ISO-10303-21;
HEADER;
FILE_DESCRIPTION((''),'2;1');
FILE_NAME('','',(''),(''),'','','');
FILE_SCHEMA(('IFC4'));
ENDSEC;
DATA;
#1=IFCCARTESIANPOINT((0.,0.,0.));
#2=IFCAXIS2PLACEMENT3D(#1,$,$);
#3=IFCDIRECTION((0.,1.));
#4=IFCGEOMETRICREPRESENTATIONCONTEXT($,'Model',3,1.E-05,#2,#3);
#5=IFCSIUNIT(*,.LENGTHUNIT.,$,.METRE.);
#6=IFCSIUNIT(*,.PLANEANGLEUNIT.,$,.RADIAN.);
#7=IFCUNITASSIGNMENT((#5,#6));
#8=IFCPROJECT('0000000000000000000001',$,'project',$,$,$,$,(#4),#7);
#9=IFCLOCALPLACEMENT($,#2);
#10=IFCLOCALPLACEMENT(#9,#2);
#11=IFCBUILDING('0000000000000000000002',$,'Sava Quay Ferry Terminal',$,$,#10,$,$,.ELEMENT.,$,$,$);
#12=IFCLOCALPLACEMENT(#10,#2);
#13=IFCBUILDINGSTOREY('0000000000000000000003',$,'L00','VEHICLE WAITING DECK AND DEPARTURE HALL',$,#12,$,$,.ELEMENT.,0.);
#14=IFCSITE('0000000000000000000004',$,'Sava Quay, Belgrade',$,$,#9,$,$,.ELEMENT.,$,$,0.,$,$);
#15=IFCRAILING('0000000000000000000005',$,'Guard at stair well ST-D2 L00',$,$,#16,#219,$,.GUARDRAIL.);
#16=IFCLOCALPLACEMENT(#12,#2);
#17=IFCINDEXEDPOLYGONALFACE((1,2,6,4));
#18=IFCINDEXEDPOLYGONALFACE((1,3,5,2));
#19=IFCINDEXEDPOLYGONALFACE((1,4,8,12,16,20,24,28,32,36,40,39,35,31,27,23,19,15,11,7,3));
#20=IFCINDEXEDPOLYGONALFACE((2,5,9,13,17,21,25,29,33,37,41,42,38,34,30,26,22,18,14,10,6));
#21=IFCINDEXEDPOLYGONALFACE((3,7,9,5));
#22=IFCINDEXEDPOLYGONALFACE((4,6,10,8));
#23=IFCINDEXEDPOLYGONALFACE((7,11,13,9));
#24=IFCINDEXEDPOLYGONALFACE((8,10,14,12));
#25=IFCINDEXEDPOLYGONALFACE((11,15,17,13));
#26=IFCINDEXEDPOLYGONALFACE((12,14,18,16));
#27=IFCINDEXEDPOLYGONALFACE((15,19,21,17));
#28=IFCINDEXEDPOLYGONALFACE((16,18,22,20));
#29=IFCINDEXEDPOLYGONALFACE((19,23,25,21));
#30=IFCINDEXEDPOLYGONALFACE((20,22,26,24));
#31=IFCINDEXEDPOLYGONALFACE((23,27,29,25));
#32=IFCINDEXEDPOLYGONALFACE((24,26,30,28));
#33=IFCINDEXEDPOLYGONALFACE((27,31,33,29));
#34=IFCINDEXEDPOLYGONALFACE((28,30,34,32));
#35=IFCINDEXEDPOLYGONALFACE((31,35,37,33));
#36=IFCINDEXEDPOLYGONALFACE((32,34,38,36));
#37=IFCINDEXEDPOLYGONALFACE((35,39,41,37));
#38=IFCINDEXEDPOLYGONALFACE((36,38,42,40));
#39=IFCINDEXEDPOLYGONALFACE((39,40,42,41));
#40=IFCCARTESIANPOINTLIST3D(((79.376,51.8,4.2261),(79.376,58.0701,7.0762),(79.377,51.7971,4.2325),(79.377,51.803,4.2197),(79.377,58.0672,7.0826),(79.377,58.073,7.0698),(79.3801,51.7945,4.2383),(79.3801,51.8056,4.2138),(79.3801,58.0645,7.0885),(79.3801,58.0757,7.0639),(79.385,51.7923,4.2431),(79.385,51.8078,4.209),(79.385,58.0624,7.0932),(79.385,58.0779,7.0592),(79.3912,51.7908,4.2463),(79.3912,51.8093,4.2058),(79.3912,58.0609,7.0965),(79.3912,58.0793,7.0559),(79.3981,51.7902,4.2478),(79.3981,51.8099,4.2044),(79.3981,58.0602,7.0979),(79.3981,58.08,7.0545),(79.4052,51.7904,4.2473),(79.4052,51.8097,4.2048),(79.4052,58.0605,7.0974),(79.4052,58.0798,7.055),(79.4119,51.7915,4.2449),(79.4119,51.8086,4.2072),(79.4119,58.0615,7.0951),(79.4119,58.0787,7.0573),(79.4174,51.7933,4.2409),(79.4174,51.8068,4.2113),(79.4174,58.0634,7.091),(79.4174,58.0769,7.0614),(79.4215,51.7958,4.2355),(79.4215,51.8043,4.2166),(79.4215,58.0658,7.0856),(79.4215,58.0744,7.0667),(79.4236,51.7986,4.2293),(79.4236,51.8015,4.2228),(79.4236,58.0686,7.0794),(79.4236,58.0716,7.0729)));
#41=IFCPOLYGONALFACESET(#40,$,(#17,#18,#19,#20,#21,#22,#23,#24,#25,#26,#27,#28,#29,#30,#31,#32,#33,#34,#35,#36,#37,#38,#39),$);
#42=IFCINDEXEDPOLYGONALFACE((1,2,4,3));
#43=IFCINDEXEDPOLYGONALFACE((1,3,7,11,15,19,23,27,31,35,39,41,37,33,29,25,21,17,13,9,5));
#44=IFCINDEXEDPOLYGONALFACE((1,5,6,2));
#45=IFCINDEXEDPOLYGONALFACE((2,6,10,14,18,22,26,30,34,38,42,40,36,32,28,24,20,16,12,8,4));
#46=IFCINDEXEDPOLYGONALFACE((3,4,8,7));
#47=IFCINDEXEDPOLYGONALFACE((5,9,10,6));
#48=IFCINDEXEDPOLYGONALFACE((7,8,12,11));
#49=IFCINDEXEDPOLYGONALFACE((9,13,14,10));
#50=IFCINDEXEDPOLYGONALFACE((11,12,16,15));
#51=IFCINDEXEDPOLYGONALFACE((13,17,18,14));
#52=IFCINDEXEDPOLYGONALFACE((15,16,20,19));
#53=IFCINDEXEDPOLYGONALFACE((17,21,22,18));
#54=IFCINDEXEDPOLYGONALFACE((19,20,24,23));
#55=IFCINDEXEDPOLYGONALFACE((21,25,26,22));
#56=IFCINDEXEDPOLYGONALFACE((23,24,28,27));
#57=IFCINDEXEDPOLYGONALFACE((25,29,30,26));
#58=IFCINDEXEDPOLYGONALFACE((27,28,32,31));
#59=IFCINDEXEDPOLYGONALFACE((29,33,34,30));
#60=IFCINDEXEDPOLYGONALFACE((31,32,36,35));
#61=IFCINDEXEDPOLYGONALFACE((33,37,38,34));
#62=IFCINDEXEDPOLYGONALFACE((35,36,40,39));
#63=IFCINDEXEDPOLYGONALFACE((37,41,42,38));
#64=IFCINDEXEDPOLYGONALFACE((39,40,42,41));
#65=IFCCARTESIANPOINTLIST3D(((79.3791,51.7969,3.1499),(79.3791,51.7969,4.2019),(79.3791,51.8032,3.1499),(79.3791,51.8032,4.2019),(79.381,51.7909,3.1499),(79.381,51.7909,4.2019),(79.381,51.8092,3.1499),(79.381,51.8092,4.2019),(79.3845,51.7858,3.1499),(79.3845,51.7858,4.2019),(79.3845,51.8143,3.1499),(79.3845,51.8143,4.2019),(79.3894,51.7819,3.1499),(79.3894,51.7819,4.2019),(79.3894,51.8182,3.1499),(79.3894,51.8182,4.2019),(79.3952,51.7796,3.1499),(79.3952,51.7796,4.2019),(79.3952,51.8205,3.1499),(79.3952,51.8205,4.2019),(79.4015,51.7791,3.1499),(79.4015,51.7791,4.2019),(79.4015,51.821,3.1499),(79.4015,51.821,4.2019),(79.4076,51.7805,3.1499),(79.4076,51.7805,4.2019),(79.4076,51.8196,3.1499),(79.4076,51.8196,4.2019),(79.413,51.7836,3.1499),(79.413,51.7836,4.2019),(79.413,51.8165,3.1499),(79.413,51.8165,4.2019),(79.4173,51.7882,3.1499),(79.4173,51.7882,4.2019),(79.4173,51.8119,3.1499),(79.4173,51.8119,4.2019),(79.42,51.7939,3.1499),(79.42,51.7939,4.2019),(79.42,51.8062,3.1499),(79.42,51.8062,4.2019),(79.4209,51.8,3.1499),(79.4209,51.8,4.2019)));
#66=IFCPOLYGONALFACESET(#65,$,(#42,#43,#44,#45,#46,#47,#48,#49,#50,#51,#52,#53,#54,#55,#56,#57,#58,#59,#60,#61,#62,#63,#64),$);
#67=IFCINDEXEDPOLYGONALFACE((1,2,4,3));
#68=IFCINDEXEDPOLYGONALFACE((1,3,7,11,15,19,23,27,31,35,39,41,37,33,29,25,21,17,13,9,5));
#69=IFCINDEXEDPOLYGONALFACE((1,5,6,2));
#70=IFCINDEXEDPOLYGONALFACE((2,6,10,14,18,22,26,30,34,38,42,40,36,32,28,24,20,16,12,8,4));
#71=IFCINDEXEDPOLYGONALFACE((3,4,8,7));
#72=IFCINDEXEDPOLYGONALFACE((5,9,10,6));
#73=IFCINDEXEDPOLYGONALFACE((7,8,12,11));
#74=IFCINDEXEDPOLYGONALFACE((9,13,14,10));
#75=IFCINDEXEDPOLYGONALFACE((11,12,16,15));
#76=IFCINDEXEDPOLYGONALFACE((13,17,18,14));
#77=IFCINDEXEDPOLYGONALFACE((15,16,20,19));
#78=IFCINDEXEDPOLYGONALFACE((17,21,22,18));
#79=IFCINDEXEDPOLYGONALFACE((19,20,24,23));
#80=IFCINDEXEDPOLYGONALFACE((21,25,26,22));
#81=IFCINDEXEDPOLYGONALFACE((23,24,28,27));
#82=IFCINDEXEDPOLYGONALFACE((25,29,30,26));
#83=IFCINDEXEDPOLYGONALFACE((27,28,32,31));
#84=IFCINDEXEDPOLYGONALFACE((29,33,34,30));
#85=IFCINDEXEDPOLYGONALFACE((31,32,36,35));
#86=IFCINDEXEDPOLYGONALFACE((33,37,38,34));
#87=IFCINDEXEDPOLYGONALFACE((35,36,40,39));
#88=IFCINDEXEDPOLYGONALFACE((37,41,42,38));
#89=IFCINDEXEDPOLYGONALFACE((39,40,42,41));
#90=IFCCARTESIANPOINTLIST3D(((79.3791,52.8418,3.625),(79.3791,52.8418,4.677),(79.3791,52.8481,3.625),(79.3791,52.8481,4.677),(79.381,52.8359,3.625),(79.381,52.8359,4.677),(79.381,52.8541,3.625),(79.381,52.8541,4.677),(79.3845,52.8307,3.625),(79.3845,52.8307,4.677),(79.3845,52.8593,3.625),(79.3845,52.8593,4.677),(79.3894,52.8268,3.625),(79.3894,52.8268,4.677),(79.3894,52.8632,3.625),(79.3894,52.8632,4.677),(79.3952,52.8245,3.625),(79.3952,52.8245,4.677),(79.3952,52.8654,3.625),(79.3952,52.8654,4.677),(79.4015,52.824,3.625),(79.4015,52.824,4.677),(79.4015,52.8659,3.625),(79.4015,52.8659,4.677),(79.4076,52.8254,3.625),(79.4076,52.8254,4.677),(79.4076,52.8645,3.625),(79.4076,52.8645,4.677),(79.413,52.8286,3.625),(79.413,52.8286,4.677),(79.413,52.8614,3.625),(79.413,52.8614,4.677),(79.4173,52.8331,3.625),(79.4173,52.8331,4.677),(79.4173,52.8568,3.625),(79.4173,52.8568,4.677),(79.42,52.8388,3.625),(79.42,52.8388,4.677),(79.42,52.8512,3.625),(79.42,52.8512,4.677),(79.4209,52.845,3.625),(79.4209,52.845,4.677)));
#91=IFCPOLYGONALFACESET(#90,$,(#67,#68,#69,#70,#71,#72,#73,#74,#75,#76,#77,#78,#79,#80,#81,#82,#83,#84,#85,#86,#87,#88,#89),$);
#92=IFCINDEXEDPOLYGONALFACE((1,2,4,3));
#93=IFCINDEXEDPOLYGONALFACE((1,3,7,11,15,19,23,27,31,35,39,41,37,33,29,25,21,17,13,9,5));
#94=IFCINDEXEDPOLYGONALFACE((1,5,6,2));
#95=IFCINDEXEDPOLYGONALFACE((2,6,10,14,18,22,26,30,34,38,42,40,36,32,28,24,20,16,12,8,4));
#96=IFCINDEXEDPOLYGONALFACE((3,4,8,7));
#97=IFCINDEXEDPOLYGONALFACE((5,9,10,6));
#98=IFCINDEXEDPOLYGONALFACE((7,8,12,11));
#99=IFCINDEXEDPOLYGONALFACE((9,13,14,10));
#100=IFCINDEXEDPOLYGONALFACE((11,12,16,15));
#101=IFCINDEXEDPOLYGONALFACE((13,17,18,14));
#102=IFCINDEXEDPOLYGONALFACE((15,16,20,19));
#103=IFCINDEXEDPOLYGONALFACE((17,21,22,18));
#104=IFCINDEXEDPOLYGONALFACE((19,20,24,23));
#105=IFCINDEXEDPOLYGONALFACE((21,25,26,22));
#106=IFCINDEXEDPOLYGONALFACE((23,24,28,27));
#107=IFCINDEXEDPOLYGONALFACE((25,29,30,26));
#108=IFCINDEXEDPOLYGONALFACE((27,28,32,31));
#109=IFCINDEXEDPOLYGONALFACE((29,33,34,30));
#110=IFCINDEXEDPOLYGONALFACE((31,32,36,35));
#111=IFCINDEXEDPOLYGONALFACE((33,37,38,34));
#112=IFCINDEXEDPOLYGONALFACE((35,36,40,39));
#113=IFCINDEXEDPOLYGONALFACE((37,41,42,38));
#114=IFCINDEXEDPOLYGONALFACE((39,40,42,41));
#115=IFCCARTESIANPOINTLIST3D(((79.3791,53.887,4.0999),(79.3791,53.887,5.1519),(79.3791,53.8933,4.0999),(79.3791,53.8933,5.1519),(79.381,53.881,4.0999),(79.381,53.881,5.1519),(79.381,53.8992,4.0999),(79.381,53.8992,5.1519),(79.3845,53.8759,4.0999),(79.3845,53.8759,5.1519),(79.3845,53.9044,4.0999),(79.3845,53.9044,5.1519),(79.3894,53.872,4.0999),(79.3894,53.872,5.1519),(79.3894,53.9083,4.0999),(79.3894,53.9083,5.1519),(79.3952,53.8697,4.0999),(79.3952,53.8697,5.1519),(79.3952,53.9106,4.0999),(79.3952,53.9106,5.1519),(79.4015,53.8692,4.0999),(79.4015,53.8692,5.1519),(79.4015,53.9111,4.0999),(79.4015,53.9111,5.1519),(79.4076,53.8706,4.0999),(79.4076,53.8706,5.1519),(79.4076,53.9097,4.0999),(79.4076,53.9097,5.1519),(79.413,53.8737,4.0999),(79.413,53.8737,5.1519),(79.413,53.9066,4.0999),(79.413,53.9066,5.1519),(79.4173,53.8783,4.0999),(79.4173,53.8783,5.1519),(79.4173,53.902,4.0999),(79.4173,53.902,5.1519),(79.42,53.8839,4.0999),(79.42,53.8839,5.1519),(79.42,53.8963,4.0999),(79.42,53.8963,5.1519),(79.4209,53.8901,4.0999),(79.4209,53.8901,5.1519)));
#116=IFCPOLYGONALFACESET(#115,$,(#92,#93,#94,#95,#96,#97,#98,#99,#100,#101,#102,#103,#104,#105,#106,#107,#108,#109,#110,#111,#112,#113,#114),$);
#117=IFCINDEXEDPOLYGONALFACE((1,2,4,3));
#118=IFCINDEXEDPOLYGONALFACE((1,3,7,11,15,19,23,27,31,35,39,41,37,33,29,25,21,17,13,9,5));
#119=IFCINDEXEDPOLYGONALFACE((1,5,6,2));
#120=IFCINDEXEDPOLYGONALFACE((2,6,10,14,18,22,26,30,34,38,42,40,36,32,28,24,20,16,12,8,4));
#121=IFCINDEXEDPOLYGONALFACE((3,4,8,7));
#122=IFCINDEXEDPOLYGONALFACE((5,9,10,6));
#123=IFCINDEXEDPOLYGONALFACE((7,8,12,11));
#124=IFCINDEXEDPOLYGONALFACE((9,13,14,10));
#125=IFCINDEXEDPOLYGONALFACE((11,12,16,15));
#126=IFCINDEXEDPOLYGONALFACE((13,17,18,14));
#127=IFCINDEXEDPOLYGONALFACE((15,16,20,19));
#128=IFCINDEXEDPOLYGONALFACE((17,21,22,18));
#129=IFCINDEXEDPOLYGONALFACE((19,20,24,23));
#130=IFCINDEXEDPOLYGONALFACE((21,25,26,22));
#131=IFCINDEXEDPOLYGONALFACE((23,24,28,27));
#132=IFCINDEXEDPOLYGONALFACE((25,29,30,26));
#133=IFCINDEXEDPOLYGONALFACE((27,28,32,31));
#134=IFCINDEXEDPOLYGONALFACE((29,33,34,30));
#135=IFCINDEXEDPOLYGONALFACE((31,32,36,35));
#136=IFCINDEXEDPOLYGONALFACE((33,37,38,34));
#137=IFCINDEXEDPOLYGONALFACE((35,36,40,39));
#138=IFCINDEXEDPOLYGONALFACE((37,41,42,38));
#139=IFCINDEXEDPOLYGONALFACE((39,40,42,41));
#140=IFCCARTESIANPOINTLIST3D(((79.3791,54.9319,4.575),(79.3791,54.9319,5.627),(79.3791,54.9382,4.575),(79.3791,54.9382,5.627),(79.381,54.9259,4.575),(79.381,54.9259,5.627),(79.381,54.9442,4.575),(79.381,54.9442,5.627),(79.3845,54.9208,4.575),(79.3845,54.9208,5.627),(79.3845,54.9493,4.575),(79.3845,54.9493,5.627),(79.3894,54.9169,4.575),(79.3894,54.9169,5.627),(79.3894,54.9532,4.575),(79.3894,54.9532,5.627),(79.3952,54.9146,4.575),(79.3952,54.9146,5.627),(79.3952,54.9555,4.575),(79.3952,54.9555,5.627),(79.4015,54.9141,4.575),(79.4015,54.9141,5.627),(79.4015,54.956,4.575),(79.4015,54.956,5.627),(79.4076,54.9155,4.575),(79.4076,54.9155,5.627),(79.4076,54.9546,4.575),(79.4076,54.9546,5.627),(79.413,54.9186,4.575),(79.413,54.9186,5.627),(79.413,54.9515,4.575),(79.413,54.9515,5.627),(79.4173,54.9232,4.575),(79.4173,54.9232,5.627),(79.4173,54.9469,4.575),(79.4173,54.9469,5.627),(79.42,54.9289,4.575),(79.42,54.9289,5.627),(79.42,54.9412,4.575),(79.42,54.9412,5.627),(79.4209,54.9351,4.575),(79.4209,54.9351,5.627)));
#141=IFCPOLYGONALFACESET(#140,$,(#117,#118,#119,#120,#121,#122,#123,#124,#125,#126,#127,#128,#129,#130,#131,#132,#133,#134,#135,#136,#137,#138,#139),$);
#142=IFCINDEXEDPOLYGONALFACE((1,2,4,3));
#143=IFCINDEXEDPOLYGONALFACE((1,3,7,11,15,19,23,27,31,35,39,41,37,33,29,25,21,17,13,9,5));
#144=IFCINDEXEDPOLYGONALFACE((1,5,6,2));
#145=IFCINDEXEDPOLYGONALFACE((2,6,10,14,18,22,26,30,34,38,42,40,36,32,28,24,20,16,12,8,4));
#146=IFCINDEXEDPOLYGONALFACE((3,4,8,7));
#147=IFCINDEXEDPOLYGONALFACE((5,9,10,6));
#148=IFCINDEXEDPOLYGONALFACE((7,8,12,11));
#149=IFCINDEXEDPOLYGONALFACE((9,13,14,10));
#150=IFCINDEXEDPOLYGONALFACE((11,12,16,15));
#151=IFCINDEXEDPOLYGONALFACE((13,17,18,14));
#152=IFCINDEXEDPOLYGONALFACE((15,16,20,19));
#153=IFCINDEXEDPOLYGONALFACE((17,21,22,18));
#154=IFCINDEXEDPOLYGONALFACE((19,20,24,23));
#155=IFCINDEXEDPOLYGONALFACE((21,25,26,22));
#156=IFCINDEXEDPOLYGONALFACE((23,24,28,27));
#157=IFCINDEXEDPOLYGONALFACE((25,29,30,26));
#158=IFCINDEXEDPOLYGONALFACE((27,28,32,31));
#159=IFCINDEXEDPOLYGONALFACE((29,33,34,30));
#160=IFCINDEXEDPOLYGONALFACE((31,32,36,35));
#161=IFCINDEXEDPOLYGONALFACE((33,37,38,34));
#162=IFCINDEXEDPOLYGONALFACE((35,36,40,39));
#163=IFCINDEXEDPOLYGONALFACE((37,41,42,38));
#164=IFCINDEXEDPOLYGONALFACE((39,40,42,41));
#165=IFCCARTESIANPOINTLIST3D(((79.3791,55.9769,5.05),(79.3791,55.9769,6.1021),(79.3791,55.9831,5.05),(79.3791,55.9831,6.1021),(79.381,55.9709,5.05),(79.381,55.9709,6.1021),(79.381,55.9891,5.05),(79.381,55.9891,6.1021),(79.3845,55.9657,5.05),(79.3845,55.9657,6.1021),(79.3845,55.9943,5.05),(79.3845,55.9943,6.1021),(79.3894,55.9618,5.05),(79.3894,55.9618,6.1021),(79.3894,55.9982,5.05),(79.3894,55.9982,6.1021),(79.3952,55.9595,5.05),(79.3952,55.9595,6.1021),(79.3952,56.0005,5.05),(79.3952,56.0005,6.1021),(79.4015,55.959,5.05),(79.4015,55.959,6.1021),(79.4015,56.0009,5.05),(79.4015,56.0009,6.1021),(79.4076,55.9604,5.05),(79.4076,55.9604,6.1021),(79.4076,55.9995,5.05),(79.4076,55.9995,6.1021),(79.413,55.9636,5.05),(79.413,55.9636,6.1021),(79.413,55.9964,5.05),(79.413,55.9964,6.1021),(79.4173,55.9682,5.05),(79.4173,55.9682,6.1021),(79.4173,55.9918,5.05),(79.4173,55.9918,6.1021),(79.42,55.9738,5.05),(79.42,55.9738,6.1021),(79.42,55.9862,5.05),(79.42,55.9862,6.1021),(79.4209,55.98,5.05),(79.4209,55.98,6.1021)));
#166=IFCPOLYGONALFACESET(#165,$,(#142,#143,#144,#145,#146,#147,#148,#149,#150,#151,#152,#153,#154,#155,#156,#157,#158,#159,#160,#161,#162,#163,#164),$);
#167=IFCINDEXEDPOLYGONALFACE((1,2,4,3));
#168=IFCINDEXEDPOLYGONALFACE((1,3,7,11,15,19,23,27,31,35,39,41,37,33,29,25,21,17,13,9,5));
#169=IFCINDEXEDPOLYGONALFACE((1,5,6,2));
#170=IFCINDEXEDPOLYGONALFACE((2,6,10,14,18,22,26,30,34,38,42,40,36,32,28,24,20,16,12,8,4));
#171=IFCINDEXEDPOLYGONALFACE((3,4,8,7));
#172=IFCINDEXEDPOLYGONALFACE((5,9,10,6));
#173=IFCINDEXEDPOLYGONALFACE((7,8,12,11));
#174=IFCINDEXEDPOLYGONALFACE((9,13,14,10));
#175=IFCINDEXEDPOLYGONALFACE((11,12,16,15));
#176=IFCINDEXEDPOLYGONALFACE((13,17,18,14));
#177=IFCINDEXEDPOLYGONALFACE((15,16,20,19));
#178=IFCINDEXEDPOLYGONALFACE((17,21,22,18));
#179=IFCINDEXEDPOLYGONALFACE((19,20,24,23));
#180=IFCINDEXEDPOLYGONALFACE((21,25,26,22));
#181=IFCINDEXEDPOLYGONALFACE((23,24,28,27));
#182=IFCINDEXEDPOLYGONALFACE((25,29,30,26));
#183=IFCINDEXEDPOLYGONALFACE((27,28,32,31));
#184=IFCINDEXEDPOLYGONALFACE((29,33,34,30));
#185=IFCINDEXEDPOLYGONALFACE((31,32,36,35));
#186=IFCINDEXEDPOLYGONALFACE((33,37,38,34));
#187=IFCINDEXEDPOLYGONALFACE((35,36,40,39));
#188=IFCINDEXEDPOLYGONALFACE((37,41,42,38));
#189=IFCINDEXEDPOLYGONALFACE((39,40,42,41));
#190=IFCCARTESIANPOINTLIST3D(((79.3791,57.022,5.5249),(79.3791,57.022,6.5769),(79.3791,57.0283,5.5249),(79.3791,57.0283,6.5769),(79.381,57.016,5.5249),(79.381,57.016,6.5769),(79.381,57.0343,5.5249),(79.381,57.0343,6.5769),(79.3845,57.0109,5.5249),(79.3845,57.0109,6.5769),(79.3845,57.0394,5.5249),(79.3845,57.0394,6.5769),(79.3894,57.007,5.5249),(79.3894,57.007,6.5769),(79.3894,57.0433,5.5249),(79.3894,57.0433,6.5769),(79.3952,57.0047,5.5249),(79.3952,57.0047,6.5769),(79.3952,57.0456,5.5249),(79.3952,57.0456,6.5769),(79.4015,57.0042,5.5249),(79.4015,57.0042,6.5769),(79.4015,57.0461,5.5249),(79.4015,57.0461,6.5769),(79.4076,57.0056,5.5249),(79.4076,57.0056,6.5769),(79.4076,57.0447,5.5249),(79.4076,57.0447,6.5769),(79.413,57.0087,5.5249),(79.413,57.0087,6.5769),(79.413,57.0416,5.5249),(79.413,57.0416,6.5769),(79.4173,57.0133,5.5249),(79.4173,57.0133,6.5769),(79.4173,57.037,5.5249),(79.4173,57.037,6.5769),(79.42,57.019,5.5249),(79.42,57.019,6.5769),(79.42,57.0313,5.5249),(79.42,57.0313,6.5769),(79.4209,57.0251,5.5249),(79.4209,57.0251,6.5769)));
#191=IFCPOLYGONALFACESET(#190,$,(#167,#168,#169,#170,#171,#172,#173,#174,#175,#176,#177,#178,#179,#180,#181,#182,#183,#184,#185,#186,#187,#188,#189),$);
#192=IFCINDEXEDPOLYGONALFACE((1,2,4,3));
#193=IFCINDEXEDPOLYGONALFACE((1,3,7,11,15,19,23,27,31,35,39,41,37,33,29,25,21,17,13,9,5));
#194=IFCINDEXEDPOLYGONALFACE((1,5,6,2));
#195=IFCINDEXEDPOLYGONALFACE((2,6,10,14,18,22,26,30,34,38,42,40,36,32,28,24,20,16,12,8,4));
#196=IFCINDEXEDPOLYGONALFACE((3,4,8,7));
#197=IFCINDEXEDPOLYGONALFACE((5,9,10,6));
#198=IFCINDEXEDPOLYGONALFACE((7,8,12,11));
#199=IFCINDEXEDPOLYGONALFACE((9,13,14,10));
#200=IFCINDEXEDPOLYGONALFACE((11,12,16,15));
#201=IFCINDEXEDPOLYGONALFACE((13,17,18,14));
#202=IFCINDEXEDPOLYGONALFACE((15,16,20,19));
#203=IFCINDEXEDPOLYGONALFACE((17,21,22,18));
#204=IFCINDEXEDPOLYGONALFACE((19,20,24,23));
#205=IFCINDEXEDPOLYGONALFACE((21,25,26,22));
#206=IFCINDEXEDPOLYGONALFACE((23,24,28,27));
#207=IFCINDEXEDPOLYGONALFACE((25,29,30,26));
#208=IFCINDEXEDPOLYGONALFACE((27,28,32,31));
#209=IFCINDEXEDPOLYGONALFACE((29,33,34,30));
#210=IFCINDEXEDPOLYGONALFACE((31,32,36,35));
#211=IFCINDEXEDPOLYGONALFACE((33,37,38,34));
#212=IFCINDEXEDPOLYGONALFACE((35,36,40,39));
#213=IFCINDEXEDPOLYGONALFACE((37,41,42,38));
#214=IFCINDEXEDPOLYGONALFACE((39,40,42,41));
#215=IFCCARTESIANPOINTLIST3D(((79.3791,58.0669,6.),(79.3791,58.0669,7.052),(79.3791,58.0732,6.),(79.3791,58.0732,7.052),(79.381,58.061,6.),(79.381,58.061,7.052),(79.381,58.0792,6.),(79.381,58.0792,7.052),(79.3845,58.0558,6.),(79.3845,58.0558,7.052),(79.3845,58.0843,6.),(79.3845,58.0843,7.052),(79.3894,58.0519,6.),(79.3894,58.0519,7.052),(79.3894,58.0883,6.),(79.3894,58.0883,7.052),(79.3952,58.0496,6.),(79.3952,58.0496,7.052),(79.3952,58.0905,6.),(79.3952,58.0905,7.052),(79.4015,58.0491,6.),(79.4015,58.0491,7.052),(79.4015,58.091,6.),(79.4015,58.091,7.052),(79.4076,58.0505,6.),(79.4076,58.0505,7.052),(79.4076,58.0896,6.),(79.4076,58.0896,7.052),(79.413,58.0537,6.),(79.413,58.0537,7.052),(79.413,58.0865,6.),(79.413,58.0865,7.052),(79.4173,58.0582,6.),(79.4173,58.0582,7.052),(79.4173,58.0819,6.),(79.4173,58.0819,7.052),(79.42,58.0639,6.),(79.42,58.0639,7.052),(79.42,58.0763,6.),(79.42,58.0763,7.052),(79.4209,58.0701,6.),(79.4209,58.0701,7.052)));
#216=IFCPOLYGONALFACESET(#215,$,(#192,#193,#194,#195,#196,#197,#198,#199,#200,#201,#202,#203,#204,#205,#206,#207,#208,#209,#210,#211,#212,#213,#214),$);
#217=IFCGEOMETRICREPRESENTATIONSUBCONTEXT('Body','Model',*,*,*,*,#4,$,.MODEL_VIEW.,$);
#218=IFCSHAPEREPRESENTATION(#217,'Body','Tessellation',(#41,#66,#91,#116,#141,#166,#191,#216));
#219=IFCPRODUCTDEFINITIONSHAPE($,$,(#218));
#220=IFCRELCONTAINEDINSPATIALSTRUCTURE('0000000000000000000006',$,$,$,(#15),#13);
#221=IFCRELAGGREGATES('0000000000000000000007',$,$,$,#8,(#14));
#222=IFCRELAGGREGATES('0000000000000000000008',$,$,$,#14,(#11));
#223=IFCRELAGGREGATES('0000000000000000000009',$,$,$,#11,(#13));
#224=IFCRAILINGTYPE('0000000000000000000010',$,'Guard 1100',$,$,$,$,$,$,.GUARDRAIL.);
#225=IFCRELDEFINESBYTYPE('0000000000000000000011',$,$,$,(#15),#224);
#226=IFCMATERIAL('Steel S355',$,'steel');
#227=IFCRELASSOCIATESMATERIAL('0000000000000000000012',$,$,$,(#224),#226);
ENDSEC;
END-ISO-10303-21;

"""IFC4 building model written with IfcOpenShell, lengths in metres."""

from ifc_helpers import new_model, si_unit, direction, frame, origin, origin_2d, place, context, subcontext, project, spatial, circle, extrude, material, type_object, element, save


model = new_model("IFC4")

# Units and contexts
model_context = context("Model", 3, precision=1e-05, world=origin(), true_north=direction((0.0, 1.0)))
body_context = subcontext(model_context, "Body", "Model", "MODEL_VIEW")
ifc_project = project(units=[si_unit("LENGTHUNIT", "METRE"), si_unit("PLANEANGLEUNIT", "RADIAN")], contexts=[model_context])

# Site, building, storey
site_placement = place(None, origin())
site = spatial("IfcSite", under=ifc_project, at=site_placement, Name="Sava Quay, Belgrade", CompositionType="ELEMENT", RefElevation=0.0)
building_placement = place(site_placement, origin())
building = spatial("IfcBuilding", under=site, at=building_placement, Name="Sava Quay Ferry Terminal", CompositionType="ELEMENT")
storey_placement = place(building_placement, origin())
storey = spatial("IfcBuildingStorey", under=building, at=storey_placement, Name="L00", Description="VEHICLE WAITING DECK AND DEPARTURE HALL", CompositionType="ELEMENT", Elevation=0.0)

# Railing
ifc_material_1 = material(Name="Steel S355", Category="steel")
railing_type_1 = type_object("IfcRailingType", Name="Guard 1100", PredefinedType="GUARDRAIL", material=ifc_material_1)
railing_1_placement = place(storey_placement, frame((79.3999, 51.8, 3.1499)))
element("IfcRailing", 1, at=railing_1_placement, inside=storey, type_object=railing_type_1, Name="Guard at stair well ST-D2 L00", PredefinedType="GUARDRAIL", context=body_context, shape_type="SweptSolid", body=[
    extrude(circle(Radius=0.0239, at=origin_2d()), frame((0.0, 0.0, 1.0762), z_axis=(0.0, 0.910362, 0.413814), x_axis=(-1.0, 0.0, 0.0)), (0.0, 0.0, 1.0), 6.8875),
    extrude(circle(Radius=0.021, at=origin_2d()), origin(), (0.0, 0.0, 1.0), 1.052),
    extrude(circle(Radius=0.021, at=origin_2d()), frame((0.0, 1.0449, 0.4751)), (0.0, 0.0, 1.0), 1.052),
    extrude(circle(Radius=0.021, at=origin_2d()), frame((0.0, 2.0901, 0.95)), (0.0, 0.0, 1.0), 1.052),
    extrude(circle(Radius=0.021, at=origin_2d()), frame((0.0, 3.135, 1.425)), (0.0, 0.0, 1.0), 1.052),
    extrude(circle(Radius=0.021, at=origin_2d()), frame((0.0, 4.1799, 1.9001)), (0.0, 0.0, 1.0), 1.052),
    extrude(circle(Radius=0.021, at=origin_2d()), frame((0.0, 5.2251, 2.375)), (0.0, 0.0, 1.0), 1.052),
    extrude(circle(Radius=0.021, at=origin_2d()), frame((0.0, 6.27, 2.8501)), (0.0, 0.0, 1.0), 1.052),
])

save(model, "model.ifc")
